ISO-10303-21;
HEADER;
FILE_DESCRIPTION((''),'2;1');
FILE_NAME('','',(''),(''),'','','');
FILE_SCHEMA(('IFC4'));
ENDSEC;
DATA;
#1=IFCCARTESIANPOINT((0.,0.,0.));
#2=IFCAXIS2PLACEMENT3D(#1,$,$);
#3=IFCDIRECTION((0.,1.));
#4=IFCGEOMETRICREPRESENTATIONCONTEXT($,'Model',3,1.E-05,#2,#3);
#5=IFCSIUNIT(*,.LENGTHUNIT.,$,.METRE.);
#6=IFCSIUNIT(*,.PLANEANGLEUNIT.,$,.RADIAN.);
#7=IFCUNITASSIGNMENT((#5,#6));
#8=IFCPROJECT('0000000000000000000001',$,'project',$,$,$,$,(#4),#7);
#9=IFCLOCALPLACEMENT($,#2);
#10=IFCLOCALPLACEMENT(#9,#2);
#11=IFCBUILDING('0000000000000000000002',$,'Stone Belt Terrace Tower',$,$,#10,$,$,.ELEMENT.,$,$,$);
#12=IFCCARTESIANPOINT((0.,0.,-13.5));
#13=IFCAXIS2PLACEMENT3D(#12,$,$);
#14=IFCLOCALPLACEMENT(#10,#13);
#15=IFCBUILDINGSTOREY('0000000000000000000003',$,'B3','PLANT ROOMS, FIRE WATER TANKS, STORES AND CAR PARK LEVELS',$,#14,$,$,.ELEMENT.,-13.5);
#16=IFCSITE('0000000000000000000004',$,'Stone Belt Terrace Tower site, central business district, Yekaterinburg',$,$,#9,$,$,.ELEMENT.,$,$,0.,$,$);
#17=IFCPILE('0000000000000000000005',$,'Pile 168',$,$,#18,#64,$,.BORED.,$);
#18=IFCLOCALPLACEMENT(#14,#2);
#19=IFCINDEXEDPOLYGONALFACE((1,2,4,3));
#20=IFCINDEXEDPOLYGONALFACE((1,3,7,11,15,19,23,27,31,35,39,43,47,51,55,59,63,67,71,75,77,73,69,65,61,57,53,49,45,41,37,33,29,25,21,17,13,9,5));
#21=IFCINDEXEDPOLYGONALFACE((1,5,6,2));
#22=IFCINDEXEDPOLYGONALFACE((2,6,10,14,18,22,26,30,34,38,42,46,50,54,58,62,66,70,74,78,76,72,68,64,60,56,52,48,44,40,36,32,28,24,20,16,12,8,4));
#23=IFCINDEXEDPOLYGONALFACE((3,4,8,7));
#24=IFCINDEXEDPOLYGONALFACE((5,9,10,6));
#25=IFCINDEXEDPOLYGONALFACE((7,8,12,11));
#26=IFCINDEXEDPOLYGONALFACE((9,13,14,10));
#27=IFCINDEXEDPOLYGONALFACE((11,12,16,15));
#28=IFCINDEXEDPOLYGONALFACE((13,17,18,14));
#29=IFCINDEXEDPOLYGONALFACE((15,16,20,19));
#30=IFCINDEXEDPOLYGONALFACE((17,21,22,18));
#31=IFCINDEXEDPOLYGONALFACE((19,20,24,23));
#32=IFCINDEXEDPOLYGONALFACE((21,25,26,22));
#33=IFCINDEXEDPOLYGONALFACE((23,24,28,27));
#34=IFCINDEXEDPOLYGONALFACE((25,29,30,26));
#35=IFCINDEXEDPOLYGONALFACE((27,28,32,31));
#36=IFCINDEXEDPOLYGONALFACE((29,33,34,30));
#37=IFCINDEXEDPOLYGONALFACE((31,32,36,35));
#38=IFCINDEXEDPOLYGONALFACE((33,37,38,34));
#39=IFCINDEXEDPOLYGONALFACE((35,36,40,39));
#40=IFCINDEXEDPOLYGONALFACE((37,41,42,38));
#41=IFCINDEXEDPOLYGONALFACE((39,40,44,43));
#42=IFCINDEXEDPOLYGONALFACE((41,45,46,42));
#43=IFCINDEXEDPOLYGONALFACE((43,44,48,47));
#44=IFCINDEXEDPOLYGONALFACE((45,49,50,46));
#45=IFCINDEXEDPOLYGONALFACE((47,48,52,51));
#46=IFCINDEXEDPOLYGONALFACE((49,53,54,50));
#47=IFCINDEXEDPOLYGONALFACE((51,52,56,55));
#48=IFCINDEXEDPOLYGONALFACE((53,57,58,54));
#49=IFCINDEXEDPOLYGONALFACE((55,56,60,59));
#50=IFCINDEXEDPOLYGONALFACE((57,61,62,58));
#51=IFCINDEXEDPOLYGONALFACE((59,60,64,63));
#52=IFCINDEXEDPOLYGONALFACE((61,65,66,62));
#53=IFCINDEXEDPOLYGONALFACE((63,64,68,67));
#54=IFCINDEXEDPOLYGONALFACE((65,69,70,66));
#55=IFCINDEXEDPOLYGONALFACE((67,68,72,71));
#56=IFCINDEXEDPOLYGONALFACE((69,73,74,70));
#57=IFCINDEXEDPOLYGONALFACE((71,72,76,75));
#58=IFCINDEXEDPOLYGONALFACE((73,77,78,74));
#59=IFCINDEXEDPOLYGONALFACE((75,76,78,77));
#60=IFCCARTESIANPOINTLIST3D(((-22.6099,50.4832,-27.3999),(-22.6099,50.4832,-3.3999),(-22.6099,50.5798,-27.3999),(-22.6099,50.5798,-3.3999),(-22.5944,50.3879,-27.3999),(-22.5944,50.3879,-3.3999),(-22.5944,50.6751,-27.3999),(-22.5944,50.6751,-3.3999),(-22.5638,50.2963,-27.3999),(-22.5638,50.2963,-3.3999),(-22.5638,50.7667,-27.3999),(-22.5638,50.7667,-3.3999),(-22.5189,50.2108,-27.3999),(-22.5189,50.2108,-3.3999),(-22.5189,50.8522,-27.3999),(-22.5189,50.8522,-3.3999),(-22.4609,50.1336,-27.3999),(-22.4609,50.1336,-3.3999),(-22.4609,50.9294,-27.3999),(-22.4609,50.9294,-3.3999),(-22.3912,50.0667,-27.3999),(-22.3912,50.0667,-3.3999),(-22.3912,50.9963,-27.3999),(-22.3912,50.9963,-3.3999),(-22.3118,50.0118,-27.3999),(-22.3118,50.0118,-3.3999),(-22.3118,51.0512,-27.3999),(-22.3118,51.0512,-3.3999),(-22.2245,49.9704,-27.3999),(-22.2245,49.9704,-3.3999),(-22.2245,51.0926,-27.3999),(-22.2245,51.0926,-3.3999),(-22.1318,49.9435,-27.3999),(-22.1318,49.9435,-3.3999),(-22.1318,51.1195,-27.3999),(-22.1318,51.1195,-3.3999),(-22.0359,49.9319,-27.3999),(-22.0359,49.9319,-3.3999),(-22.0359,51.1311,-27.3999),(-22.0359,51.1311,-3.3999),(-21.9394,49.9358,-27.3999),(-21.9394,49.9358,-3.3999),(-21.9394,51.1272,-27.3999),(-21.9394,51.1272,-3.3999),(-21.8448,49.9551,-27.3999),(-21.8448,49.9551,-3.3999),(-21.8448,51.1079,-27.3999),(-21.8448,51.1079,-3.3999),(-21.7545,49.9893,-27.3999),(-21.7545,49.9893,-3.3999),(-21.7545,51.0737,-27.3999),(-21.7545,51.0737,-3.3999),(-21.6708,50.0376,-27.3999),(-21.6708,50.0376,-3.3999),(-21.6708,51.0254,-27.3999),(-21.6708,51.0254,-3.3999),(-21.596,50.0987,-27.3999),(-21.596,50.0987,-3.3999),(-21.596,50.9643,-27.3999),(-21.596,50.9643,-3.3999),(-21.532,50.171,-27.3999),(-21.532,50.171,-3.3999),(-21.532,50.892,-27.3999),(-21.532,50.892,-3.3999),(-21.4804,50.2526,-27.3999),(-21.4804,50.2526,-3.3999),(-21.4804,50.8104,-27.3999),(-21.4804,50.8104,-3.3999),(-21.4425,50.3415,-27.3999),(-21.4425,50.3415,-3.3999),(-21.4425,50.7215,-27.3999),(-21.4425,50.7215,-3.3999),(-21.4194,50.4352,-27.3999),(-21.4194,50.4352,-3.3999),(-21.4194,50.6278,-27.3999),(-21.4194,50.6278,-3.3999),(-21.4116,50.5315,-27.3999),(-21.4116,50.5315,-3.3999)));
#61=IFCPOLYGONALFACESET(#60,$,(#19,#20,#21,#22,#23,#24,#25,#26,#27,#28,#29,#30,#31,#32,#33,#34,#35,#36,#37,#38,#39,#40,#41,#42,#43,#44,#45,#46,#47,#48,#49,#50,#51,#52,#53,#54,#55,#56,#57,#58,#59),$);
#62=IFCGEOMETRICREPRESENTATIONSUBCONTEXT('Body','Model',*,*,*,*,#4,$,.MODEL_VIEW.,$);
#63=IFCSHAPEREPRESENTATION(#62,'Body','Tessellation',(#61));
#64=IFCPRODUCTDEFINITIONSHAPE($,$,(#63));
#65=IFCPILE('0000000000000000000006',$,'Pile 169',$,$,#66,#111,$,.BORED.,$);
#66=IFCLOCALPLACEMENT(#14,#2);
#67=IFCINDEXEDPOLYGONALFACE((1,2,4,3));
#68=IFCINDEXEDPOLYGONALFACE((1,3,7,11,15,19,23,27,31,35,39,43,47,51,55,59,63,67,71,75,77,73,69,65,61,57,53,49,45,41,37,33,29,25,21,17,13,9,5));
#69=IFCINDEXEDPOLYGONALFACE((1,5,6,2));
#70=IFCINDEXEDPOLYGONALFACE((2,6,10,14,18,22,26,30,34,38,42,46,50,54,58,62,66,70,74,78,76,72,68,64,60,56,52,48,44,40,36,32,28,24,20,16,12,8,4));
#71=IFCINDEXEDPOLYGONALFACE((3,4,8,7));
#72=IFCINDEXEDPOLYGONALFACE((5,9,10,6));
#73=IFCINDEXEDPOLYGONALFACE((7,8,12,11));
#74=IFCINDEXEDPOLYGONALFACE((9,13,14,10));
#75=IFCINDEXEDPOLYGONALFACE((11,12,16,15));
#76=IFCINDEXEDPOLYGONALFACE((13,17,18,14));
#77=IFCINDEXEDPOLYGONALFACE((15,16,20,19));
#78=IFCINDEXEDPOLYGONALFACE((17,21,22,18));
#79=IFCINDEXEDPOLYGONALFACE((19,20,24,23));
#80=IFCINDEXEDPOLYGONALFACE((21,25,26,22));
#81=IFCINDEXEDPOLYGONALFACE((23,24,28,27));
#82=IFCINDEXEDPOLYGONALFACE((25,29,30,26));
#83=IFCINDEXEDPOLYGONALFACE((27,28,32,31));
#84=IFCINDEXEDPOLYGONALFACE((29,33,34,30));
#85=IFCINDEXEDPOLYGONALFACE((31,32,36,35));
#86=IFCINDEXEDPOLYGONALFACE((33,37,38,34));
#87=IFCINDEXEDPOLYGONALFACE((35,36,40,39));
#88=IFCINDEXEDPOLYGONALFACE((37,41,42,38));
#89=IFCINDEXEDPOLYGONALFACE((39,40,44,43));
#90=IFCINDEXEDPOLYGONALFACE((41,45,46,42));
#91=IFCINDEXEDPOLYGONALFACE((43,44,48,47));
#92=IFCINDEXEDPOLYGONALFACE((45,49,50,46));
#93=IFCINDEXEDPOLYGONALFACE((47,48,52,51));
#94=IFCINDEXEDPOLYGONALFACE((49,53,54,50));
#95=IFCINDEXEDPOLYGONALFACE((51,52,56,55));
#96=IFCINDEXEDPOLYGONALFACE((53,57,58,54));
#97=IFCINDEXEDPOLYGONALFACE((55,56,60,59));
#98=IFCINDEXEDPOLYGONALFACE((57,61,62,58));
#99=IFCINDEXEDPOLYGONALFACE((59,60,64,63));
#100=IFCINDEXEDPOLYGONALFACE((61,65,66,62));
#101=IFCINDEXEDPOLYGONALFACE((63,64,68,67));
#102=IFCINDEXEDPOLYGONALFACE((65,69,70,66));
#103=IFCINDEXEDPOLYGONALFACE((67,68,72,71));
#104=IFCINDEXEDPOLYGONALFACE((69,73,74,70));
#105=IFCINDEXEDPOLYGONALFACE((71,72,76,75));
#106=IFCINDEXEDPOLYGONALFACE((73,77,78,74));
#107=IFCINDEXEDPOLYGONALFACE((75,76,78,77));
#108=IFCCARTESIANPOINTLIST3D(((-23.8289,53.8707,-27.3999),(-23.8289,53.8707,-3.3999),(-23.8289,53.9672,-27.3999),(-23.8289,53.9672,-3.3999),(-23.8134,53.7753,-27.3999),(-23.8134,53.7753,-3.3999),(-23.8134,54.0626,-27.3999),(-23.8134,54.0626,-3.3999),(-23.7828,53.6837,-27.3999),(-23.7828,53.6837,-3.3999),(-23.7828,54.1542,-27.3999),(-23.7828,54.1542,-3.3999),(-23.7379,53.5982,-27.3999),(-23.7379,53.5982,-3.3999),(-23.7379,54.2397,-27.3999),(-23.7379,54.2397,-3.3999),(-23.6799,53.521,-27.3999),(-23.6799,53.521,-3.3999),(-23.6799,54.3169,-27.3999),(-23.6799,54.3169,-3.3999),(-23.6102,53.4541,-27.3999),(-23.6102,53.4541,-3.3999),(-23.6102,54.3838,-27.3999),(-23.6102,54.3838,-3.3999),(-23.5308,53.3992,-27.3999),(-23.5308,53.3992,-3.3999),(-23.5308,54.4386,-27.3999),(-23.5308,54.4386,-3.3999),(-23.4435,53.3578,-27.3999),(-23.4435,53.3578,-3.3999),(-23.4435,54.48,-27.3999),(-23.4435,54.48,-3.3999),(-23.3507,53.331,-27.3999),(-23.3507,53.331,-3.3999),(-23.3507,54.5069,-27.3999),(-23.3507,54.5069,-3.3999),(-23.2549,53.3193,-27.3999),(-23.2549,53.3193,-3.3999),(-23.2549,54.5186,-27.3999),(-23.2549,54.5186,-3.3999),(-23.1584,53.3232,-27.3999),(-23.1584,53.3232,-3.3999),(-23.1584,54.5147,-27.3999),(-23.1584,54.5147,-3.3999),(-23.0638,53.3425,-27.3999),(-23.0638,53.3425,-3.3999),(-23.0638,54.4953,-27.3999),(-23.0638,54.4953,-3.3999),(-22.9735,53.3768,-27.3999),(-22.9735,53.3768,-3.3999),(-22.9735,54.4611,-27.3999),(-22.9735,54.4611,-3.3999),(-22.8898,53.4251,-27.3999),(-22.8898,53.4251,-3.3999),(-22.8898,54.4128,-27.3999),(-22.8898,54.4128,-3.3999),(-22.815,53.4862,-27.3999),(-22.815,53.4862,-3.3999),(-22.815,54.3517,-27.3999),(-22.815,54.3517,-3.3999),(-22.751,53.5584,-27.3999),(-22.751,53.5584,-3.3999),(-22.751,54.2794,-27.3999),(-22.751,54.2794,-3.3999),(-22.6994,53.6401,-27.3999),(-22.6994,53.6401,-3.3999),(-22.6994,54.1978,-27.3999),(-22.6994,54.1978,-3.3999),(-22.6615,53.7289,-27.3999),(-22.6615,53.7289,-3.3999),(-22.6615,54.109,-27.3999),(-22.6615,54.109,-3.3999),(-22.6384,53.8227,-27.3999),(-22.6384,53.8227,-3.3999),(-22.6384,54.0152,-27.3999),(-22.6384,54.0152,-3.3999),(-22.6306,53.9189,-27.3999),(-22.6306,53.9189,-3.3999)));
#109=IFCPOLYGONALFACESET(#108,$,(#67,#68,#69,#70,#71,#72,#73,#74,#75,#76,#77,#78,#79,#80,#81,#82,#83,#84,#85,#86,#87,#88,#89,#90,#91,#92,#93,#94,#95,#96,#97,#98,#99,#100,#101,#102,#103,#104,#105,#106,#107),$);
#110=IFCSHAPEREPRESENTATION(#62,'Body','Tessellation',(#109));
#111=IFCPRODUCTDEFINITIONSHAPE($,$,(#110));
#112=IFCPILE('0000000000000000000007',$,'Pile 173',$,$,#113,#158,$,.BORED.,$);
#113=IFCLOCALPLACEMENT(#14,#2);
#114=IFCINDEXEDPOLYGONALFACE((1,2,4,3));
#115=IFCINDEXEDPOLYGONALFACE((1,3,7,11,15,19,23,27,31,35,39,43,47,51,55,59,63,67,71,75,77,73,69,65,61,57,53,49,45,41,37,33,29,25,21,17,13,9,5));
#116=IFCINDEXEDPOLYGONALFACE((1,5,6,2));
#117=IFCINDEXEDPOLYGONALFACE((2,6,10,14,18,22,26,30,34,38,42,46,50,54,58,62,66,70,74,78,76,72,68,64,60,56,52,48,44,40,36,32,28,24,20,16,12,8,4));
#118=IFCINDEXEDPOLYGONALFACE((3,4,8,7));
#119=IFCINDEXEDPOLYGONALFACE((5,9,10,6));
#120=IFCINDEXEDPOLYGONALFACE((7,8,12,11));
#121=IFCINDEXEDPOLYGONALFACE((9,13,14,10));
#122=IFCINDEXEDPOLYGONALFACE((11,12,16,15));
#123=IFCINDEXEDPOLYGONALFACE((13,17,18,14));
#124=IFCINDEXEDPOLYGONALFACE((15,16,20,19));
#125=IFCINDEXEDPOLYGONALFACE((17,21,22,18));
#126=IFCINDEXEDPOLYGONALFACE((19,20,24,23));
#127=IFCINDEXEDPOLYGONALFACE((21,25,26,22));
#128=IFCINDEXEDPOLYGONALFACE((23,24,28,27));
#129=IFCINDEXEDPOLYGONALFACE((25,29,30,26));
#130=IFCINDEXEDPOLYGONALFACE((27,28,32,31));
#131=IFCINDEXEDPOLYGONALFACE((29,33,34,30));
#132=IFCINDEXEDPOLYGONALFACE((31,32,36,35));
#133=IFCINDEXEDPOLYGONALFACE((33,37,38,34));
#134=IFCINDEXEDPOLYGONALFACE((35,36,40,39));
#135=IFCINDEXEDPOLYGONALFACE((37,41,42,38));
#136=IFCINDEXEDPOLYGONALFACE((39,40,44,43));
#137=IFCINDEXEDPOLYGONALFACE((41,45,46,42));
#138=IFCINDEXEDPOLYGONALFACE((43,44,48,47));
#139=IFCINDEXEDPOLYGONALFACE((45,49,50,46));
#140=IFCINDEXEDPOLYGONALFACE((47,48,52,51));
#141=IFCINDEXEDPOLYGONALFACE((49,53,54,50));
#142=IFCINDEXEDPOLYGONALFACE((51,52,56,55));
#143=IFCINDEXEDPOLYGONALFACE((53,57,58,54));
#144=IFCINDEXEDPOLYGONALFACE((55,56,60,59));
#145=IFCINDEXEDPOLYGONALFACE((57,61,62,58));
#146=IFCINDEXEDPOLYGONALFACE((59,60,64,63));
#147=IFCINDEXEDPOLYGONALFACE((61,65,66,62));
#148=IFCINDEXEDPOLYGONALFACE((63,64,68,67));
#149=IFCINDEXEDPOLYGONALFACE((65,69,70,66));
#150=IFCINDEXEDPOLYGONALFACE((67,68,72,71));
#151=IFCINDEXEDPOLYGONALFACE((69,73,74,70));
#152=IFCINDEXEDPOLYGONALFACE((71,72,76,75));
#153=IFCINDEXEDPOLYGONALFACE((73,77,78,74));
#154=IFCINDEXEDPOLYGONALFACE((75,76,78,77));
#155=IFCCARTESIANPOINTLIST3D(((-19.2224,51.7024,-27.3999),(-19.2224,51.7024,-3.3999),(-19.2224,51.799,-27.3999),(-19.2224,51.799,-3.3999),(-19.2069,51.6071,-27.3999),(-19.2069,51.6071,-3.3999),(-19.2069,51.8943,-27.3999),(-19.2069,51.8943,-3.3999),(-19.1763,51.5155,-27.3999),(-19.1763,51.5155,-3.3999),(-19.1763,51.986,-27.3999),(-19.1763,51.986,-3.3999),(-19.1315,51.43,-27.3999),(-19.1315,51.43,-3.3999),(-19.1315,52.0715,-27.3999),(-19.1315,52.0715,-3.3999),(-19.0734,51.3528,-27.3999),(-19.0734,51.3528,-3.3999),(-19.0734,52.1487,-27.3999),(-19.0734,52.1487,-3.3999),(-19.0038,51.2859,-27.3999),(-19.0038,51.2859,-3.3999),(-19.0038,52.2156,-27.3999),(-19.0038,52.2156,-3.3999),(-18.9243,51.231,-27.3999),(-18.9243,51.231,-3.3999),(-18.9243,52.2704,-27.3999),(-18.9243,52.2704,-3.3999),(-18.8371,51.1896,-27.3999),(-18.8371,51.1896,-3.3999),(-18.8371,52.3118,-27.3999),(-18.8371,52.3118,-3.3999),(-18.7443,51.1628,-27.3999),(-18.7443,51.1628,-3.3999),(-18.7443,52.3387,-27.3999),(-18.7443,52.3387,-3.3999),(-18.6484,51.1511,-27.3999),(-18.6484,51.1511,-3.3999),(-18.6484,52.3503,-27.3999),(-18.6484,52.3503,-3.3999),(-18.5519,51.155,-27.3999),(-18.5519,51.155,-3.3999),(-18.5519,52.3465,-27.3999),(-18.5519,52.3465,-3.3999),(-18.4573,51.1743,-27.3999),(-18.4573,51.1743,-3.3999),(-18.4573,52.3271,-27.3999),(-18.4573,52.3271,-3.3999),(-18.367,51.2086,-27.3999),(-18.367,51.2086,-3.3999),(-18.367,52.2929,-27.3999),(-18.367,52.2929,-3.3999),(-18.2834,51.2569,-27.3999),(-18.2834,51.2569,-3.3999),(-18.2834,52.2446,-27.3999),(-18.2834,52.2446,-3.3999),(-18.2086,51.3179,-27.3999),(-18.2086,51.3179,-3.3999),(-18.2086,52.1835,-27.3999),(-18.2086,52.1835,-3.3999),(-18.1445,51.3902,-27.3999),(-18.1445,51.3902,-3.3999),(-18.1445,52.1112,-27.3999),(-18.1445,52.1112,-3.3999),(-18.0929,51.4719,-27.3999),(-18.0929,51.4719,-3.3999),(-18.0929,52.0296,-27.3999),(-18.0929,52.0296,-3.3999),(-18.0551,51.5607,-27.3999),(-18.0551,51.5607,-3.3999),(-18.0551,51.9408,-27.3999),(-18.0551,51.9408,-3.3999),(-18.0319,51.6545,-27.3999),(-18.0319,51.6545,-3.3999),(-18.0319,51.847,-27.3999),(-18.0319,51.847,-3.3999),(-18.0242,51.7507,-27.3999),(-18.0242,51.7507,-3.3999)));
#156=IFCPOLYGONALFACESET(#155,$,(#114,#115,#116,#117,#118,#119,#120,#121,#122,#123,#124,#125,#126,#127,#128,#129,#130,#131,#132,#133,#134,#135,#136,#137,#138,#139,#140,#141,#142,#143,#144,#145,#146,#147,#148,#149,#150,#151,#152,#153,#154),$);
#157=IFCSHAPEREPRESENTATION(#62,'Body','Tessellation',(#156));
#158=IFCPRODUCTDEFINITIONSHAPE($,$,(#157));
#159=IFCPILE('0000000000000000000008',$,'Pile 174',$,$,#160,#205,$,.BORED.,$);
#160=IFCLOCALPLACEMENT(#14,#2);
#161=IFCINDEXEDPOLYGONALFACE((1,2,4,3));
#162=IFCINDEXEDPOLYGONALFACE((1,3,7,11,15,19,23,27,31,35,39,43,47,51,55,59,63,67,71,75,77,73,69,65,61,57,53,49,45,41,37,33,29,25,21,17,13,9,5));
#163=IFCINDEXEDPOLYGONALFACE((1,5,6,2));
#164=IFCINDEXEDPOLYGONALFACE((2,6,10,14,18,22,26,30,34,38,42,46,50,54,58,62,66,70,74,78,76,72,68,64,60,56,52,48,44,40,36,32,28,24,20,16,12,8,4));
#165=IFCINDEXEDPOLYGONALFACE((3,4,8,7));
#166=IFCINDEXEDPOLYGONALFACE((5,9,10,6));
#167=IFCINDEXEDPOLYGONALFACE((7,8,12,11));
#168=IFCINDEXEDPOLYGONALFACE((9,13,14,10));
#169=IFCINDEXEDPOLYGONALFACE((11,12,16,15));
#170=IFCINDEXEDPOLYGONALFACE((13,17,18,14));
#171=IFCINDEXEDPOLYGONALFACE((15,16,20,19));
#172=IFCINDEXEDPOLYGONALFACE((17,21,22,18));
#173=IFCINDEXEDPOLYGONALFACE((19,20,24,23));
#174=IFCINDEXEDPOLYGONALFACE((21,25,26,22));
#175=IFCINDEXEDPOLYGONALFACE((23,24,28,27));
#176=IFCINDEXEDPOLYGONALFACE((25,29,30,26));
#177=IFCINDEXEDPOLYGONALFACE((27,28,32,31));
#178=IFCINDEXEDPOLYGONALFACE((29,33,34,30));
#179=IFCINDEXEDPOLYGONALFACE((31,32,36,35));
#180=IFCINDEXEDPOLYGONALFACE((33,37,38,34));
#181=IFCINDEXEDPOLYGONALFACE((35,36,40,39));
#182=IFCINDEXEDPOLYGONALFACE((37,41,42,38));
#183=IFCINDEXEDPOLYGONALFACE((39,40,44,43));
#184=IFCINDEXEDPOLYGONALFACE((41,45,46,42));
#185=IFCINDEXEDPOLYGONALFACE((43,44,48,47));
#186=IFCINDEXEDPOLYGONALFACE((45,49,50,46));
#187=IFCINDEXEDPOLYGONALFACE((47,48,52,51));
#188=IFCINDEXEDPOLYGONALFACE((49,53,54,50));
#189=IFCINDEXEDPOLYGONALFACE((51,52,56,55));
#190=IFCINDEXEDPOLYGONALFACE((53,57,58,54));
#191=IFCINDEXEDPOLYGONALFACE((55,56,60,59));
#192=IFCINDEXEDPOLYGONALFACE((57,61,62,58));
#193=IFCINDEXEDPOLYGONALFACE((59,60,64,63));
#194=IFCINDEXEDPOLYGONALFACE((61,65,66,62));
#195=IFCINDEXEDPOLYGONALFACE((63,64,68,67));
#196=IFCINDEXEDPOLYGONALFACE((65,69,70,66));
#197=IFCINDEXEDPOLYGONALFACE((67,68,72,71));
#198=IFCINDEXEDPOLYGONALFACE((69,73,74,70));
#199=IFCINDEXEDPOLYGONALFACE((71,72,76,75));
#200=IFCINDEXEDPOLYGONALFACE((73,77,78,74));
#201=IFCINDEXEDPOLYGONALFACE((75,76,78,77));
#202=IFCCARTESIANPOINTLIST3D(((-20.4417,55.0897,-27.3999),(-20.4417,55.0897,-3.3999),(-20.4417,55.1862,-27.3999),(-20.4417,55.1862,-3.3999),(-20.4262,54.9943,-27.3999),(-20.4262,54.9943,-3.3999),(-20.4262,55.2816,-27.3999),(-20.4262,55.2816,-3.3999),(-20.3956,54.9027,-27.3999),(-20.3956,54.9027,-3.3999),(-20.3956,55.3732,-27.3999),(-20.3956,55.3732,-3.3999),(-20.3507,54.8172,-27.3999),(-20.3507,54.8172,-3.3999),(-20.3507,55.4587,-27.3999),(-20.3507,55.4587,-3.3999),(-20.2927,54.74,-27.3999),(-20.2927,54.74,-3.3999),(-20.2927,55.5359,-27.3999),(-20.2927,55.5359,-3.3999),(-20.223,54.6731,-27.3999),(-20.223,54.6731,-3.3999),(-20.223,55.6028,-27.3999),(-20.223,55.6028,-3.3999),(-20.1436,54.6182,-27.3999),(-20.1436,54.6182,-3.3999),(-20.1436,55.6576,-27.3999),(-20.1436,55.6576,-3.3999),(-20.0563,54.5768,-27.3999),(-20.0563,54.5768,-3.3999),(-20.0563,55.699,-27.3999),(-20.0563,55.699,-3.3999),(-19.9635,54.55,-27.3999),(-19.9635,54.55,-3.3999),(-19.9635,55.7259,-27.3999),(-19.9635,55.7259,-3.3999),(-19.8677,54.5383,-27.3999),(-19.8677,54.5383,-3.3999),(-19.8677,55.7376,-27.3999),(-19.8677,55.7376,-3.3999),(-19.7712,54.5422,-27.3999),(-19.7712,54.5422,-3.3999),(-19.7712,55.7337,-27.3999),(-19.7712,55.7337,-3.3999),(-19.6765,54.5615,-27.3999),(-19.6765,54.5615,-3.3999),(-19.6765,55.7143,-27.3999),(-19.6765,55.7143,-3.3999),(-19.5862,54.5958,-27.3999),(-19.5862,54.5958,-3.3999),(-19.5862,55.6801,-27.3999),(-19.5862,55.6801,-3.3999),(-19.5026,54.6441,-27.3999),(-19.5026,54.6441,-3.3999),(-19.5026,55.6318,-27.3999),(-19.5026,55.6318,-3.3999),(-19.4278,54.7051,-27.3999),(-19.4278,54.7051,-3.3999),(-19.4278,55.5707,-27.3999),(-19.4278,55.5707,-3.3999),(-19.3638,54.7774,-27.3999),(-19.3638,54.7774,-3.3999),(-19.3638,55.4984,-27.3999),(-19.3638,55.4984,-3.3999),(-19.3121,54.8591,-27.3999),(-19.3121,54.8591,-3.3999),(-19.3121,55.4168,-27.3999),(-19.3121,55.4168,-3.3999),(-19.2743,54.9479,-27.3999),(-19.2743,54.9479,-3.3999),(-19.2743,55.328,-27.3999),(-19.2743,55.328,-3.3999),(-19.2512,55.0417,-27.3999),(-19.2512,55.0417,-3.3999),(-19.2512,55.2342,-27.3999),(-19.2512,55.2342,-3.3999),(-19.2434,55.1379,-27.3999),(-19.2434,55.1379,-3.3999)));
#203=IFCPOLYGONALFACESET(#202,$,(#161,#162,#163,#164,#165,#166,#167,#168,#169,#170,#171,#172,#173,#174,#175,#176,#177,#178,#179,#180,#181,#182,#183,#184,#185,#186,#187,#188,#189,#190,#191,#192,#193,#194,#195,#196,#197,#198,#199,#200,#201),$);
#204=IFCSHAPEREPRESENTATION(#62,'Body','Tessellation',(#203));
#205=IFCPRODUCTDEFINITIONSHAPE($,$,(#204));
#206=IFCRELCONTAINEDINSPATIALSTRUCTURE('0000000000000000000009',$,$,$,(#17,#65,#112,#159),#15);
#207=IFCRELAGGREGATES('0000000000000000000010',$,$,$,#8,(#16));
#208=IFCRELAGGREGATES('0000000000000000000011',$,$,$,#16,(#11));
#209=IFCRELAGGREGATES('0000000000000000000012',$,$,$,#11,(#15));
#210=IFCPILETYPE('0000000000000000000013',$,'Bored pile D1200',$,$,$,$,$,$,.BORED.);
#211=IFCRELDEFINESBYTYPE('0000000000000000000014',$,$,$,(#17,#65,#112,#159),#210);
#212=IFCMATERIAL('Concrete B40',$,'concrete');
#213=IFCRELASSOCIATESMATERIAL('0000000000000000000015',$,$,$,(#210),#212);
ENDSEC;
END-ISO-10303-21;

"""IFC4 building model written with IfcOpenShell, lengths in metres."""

from ifc_helpers import new_model, si_unit, direction, frame, origin, origin_2d, place, context, subcontext, project, spatial, circle, extrude, material, material_profile, profile_set, type_object, element, save


model = new_model("IFC4")

# Units and contexts
model_context = context("Model", 3, precision=1e-05, world=origin(), true_north=direction((0.0, 1.0)))
body_context = subcontext(model_context, "Body", "Model", "MODEL_VIEW")
ifc_project = project(units=[si_unit("LENGTHUNIT", "METRE"), si_unit("PLANEANGLEUNIT", "RADIAN")], contexts=[model_context])

# Site, building, storey
site_placement = place(None, origin())
site = spatial("IfcSite", under=ifc_project, at=site_placement, Name="Stone Belt Terrace Tower site, central business district, Yekaterinburg", CompositionType="ELEMENT", RefElevation=0.0)
building_placement = place(site_placement, origin())
building = spatial("IfcBuilding", under=site, at=building_placement, Name="Stone Belt Terrace Tower", CompositionType="ELEMENT")
storey_placement = place(building_placement, frame((0.0, 0.0, -13.5)))
storey = spatial("IfcBuildingStorey", under=building, at=storey_placement, Name="B3", Description="PLANT ROOMS, FIRE WATER TANKS, STORES AND CAR PARK LEVELS", CompositionType="ELEMENT", Elevation=-13.5)

# Piles
ifc_material_1 = material(Name="Concrete B40", Category="concrete")
ifc_material_profile_1 = material_profile(ifc_material_1, circle(Radius=0.6001, at=origin_2d()), Name="PILE D1200")
ifc_profile_set_1 = profile_set([ifc_material_profile_1], Name="Concrete B40")
pile_type = type_object("IfcPileType", Name="Bored pile D1200", PredefinedType="BORED", material=ifc_profile_set_1)
for number, where, z_axis, x_axis, name in (
    (1, (-22.0117, 50.5315, -3.3999), (0.0, 0.0, -1.0), (1.0, 0.0, 0.0), "Pile 168"),
    (2, (-23.2307, 53.9189, -3.3999), (0.0, 0.0, -1.0), (1.0, 0.0, 0.0), "Pile 169"),
    (3, (-18.6243, 51.7507, -3.3999), (0.0, 0.0, -1.0), (1.0, 0.0, 0.0), "Pile 173"),
    (4, (-19.8435, 55.1379, -3.3999), (0.0, 0.0, -1.0), (1.0, 0.0, 0.0), "Pile 174"),
):
    element("IfcPile", number, at=place(storey_placement, frame(where, z_axis=z_axis, x_axis=x_axis)), inside=storey, type_object=pile_type, Name=name, PredefinedType="BORED", context=body_context, shape_type="SweptSolid", body=[
        extrude(circle(Radius=0.6001, at=origin_2d()), origin(), (0.0, 0.0, 1.0), 24.0),
    ])

save(model, "model.ifc")
